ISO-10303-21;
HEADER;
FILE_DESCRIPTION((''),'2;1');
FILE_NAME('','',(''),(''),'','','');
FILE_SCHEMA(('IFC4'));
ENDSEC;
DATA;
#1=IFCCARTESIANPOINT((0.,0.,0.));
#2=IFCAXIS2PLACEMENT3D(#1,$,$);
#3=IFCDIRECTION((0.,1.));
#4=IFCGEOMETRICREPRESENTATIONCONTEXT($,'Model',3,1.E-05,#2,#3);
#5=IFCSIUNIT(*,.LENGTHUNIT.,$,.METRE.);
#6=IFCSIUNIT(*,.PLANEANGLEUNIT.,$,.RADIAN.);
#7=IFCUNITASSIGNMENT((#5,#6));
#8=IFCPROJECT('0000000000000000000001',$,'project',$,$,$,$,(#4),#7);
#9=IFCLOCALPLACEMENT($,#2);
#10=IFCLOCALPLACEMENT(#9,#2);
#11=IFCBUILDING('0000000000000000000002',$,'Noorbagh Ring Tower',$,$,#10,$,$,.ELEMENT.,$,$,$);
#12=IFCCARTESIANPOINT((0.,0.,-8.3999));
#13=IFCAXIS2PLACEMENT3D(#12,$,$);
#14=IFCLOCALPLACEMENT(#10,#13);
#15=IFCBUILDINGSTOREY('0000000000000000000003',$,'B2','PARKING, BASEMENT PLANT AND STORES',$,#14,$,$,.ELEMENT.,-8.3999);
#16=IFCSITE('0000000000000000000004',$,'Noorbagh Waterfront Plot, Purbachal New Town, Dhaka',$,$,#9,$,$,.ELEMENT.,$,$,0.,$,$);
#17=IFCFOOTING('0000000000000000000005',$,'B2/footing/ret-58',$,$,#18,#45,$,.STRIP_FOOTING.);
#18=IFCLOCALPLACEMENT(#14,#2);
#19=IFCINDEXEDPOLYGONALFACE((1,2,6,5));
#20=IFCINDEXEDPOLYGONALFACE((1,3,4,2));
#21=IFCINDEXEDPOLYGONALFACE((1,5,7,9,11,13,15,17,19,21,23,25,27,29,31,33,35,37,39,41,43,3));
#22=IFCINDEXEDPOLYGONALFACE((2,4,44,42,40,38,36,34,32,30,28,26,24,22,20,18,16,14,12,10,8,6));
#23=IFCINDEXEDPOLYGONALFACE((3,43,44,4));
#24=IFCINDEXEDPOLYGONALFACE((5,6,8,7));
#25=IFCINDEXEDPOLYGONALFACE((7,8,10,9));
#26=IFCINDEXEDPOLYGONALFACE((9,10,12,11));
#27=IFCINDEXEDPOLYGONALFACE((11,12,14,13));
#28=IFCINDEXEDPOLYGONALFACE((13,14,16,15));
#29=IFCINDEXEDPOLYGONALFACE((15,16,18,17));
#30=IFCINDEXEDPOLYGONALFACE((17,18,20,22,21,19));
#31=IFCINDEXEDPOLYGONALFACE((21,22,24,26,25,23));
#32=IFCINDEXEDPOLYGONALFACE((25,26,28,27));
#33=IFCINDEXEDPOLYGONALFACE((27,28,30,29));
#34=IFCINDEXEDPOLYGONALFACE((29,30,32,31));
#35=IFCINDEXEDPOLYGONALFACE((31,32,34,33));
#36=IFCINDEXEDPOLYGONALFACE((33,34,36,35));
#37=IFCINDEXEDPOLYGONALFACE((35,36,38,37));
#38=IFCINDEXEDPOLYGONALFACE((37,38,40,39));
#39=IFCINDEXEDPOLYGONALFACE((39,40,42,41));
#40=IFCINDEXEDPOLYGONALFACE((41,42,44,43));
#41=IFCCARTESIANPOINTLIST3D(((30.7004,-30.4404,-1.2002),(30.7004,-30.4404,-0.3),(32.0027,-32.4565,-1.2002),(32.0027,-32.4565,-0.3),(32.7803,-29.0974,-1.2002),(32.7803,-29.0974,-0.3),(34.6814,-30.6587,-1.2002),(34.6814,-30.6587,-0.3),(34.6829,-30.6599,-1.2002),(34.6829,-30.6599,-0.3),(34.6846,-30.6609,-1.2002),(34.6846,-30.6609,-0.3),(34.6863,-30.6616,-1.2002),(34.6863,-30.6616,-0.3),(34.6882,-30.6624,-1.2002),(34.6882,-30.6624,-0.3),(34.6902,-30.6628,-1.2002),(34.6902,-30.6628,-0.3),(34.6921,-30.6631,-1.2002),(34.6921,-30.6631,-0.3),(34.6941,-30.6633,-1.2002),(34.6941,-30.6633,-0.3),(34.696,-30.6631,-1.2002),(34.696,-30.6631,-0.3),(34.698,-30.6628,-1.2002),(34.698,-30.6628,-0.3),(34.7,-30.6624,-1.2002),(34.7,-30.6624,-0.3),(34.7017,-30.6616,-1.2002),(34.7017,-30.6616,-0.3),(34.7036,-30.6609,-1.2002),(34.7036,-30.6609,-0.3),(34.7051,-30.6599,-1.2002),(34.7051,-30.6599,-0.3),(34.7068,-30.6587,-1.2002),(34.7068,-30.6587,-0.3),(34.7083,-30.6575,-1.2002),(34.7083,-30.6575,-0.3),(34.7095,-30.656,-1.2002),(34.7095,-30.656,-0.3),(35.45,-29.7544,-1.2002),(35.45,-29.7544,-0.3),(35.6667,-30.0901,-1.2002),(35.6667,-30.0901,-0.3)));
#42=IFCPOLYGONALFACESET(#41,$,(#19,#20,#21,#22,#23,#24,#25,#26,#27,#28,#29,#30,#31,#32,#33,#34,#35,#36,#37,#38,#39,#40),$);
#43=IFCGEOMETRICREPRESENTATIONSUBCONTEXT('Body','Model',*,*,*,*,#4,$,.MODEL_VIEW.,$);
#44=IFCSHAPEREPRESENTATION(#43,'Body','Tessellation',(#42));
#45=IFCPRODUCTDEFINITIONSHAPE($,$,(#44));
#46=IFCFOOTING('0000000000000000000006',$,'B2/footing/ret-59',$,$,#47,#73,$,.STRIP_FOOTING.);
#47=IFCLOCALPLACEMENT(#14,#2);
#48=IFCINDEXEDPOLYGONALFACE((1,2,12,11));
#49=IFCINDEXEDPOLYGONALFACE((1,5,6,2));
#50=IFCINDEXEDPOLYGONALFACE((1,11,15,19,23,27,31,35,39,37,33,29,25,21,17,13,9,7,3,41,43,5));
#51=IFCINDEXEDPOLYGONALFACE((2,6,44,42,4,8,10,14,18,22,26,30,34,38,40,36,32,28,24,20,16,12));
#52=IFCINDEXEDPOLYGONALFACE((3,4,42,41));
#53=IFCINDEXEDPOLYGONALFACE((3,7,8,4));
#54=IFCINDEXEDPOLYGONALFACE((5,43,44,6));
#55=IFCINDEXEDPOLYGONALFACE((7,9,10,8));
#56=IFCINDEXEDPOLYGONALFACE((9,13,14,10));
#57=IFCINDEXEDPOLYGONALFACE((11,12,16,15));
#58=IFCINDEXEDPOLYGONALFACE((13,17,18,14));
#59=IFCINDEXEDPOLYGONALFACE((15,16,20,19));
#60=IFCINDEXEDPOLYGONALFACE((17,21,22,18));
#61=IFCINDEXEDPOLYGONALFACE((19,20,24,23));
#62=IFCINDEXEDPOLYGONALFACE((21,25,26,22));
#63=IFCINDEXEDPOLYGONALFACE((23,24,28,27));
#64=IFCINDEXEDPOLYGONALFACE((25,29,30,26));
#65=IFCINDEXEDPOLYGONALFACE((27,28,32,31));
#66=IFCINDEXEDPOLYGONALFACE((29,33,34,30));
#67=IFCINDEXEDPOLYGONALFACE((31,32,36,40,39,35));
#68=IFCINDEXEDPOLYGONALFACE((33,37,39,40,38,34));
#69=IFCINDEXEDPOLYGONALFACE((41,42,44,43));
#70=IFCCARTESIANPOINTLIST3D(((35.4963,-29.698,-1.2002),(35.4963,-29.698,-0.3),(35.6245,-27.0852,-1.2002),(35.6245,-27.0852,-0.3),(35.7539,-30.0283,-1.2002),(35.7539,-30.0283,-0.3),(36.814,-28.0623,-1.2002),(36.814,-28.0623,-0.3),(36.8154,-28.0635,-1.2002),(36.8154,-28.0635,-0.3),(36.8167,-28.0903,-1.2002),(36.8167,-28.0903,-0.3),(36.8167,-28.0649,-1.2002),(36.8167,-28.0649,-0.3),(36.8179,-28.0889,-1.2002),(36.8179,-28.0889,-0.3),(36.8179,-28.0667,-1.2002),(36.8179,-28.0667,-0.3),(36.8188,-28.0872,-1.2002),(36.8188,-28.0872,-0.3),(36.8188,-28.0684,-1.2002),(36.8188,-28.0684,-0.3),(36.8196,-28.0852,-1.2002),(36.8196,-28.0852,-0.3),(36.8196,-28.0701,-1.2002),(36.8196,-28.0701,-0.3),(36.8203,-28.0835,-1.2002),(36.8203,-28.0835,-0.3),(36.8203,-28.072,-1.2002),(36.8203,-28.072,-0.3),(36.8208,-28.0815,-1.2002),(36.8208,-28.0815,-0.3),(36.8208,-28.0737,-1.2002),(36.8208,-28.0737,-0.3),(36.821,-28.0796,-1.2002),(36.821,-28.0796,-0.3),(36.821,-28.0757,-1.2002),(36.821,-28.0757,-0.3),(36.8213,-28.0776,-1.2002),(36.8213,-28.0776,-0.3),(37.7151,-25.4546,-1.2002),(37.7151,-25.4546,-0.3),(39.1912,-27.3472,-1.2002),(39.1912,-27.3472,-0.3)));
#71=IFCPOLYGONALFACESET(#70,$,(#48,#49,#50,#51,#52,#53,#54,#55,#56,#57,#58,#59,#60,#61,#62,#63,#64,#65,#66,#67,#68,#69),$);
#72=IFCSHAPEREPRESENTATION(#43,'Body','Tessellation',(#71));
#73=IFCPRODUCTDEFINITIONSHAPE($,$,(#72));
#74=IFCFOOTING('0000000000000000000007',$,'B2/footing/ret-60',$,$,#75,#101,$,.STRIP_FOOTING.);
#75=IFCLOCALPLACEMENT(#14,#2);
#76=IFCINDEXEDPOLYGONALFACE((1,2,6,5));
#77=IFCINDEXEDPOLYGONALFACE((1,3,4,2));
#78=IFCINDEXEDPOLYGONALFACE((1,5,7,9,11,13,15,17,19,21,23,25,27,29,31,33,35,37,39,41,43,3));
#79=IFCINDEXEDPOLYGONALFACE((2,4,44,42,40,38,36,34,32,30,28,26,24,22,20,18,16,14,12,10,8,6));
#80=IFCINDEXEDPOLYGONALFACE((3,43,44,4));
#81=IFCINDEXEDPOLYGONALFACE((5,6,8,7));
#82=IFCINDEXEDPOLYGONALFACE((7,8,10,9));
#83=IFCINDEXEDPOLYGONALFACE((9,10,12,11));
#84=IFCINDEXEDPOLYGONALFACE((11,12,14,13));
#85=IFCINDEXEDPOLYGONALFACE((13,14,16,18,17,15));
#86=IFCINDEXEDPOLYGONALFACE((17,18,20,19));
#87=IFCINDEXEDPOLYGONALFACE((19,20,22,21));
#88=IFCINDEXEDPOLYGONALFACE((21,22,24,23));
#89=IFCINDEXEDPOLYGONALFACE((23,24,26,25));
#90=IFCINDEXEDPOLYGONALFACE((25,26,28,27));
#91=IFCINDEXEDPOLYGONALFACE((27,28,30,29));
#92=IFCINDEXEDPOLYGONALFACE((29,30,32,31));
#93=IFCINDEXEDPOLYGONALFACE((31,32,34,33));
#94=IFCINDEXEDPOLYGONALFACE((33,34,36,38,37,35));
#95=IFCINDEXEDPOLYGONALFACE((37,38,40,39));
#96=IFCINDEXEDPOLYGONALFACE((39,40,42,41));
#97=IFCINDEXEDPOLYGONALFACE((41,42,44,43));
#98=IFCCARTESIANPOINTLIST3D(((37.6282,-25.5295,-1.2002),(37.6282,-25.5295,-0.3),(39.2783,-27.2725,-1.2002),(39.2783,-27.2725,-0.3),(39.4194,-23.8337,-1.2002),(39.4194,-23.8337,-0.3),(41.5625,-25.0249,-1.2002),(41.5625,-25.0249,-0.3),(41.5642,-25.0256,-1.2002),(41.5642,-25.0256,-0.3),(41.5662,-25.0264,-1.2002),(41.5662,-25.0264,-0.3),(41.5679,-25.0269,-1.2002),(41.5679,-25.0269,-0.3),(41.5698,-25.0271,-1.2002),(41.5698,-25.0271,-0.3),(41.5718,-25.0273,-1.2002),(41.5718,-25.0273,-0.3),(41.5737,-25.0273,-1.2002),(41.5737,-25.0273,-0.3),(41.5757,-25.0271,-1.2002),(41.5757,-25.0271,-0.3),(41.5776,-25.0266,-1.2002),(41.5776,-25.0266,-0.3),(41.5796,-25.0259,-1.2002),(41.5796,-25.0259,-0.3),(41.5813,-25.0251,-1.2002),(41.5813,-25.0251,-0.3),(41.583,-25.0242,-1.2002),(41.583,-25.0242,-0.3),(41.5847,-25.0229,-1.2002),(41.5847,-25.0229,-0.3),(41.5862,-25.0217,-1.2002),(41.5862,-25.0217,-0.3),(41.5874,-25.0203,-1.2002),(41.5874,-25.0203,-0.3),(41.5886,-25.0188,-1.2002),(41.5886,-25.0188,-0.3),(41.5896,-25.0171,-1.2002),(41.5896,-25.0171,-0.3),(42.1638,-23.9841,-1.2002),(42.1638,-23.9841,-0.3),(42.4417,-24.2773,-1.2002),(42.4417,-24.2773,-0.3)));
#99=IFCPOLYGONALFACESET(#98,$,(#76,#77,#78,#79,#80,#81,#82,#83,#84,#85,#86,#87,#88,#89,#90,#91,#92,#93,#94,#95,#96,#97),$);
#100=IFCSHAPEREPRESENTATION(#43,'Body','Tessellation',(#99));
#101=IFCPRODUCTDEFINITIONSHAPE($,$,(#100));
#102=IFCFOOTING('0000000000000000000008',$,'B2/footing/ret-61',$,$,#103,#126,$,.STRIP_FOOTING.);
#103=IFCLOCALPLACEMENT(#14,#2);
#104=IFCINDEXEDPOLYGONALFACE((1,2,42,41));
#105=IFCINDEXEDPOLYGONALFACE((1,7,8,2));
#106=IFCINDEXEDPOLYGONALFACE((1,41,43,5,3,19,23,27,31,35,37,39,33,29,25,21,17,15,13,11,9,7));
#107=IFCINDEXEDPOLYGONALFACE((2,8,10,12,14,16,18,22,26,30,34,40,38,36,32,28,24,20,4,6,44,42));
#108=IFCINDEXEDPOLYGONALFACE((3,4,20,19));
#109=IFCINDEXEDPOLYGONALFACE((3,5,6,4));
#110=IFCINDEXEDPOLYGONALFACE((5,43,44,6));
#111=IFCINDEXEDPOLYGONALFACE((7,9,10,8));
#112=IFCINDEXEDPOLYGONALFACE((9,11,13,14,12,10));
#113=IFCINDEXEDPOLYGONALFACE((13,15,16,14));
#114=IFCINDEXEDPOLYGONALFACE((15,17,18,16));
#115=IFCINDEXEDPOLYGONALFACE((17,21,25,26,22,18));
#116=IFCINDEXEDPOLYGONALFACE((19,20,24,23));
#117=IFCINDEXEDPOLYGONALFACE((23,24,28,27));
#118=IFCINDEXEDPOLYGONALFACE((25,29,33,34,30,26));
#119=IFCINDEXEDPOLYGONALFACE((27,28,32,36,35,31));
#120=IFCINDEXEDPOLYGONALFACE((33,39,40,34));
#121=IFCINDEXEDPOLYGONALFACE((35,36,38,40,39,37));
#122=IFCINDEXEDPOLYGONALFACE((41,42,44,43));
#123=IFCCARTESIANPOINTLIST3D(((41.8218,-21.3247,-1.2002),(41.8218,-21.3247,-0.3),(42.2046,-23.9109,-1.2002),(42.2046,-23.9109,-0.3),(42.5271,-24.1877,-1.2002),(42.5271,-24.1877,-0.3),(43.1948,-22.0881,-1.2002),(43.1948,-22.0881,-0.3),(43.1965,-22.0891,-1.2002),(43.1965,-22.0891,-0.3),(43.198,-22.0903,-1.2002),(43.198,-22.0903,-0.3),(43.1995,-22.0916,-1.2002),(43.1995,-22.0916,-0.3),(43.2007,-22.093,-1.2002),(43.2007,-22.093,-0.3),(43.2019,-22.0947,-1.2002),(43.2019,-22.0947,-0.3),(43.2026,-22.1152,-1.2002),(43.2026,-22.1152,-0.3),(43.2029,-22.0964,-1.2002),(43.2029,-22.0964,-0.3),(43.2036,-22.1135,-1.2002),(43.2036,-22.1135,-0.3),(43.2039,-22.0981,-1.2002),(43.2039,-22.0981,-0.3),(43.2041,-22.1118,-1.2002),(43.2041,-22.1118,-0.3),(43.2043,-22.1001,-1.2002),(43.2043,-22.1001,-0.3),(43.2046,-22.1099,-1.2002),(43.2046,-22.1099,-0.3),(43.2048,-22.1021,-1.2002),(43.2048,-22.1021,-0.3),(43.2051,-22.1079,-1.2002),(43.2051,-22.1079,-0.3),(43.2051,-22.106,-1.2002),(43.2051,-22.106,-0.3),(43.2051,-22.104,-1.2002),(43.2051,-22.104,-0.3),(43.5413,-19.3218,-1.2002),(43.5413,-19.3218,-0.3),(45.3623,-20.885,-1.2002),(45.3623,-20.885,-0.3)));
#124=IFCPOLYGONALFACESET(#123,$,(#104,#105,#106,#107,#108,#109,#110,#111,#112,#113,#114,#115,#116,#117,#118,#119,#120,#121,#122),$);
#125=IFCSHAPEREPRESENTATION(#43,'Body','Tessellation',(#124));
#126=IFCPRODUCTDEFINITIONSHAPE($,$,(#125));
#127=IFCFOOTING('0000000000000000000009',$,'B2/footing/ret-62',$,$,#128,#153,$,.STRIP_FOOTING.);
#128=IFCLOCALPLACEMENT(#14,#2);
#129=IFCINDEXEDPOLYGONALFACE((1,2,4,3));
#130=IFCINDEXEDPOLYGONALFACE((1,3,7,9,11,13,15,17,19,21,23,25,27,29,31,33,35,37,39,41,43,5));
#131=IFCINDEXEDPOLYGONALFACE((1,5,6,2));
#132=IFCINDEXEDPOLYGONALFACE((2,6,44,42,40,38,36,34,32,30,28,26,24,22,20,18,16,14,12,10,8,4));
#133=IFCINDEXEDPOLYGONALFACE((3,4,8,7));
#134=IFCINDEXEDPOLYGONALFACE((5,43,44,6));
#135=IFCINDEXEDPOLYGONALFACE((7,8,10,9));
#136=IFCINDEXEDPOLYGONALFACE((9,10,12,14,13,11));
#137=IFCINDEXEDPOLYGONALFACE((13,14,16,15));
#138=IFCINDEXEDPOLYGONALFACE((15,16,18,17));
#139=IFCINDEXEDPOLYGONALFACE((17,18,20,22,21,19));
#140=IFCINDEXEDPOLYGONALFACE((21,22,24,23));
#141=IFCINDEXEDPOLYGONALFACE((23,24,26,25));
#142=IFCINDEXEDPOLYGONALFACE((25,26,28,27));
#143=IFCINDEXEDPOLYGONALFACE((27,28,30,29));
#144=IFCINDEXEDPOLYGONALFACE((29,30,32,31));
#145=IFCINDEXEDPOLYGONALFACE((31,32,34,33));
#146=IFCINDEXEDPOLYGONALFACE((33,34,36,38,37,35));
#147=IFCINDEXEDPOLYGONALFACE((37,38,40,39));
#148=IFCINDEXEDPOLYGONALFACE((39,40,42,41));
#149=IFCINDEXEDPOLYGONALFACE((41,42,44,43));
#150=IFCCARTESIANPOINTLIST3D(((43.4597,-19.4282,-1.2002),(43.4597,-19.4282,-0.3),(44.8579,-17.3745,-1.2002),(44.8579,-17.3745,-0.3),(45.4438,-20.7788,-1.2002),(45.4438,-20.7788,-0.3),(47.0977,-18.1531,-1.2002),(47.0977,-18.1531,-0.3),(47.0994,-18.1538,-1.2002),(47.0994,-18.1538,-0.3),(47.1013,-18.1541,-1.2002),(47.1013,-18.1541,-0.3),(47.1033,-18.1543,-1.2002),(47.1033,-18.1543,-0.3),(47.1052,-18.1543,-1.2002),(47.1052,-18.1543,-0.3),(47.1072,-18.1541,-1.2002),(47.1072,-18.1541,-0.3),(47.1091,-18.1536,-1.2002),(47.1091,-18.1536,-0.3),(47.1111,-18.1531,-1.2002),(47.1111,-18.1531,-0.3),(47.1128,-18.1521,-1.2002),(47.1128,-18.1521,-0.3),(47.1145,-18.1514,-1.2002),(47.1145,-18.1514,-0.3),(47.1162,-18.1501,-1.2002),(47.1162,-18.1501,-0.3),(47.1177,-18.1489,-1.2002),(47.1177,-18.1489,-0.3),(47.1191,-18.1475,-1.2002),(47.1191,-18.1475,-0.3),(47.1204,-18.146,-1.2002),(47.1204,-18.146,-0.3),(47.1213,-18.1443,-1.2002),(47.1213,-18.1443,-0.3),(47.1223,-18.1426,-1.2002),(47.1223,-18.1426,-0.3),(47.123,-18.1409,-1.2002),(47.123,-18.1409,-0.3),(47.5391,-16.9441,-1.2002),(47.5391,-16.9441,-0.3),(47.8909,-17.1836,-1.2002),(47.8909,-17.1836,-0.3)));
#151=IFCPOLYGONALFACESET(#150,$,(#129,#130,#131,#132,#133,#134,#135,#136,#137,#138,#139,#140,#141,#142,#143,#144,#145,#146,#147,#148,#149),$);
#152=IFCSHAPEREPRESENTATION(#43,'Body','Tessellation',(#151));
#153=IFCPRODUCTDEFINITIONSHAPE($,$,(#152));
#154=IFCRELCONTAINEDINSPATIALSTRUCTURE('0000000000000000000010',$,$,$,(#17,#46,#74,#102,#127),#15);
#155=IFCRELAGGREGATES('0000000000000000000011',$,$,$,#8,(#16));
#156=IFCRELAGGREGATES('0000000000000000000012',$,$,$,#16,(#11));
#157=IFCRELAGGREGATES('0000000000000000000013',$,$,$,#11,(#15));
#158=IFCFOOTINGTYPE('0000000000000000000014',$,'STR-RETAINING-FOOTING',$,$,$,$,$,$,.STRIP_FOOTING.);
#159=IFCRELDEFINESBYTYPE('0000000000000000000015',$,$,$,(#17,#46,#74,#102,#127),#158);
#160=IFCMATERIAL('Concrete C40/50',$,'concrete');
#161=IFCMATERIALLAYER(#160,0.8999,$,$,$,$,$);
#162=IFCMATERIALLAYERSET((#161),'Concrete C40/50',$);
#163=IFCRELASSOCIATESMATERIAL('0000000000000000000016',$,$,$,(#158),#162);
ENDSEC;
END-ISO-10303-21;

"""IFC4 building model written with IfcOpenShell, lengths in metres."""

from ifc_helpers import new_model, si_unit, direction, frame, origin, place, context, subcontext, project, spatial, polyline, outline, extrude, material, layer, layer_set, type_object, element, save


model = new_model("IFC4")

# Units and contexts
model_context = context("Model", 3, precision=1e-05, world=origin(), true_north=direction((0.0, 1.0)))
body_context = subcontext(model_context, "Body", "Model", "MODEL_VIEW")
ifc_project = project(units=[si_unit("LENGTHUNIT", "METRE"), si_unit("PLANEANGLEUNIT", "RADIAN")], contexts=[model_context])

# Site, building, storey
site_placement = place(None, origin())
site = spatial("IfcSite", under=ifc_project, at=site_placement, Name="Noorbagh Waterfront Plot, Purbachal New Town, Dhaka", CompositionType="ELEMENT", RefElevation=0.0)
building_placement = place(site_placement, origin())
building = spatial("IfcBuilding", under=site, at=building_placement, Name="Noorbagh Ring Tower", CompositionType="ELEMENT")
storey_placement = place(building_placement, frame((0.0, 0.0, -8.3999)))
storey = spatial("IfcBuildingStorey", under=building, at=storey_placement, Name="B2", Description="PARKING, BASEMENT PLANT AND STORES", CompositionType="ELEMENT", Elevation=-8.3999)

# Footings
ifc_material_1 = material(Name="Concrete C40/50", Category="concrete")
ifc_layer_1 = layer(ifc_material_1, 0.8999)
ifc_layer_set_1 = layer_set([ifc_layer_1], Name="Concrete C40/50")
footing_type = type_object("IfcFootingType", Name="STR-RETAINING-FOOTING", PredefinedType="STRIP_FOOTING", material=ifc_layer_set_1)
footing_1_placement = place(storey_placement, frame((0.0, 0.0, -1.2002)))
element("IfcFooting", 1, at=footing_1_placement, inside=storey, type_object=footing_type, Name="B2/footing/ret-58", PredefinedType="STRIP_FOOTING", context=body_context, shape_type="SweptSolid", body=[
    extrude(outline(polyline([(35.6667, -30.0901), (32.0027, -32.4565), (30.7004, -30.4404), (32.7803, -29.0974), (34.6814, -30.6587), (34.6829, -30.6599), (34.6846, -30.6609), (34.6863, -30.6616), (34.6882, -30.6624), (34.6902, -30.6628), (34.6921, -30.6631), (34.6941, -30.6633), (34.696, -30.6631), (34.698, -30.6628), (34.7, -30.6624), (34.7017, -30.6616), (34.7036, -30.6609), (34.7051, -30.6599), (34.7068, -30.6587), (34.7083, -30.6575), (34.7095, -30.656), (35.45, -29.7544), (35.6667, -30.0901)])), origin(), (0.0, 0.0, 1.0), 0.9001),
])
footing_2_placement = place(storey_placement, frame((0.0, 0.0, -1.2002)))
element("IfcFooting", 2, at=footing_2_placement, inside=storey, type_object=footing_type, Name="B2/footing/ret-59", PredefinedType="STRIP_FOOTING", context=body_context, shape_type="SweptSolid", body=[
    extrude(outline(polyline([(39.1912, -27.3472), (35.7539, -30.0283), (35.4963, -29.698), (36.8167, -28.0903), (36.8179, -28.0889), (36.8188, -28.0872), (36.8196, -28.0852), (36.8203, -28.0835), (36.8208, -28.0815), (36.821, -28.0796), (36.8213, -28.0776), (36.821, -28.0757), (36.8208, -28.0737), (36.8203, -28.072), (36.8196, -28.0701), (36.8188, -28.0684), (36.8179, -28.0667), (36.8167, -28.0649), (36.8154, -28.0635), (36.814, -28.0623), (35.6245, -27.0852), (37.7151, -25.4546), (39.1912, -27.3472)])), origin(), (0.0, 0.0, 1.0), 0.9001),
])
footing_3_placement = place(storey_placement, frame((0.0, 0.0, -1.2002)))
element("IfcFooting", 3, at=footing_3_placement, inside=storey, type_object=footing_type, Name="B2/footing/ret-60", PredefinedType="STRIP_FOOTING", context=body_context, shape_type="SweptSolid", body=[
    extrude(outline(polyline([(42.4417, -24.2773), (39.2783, -27.2725), (37.6282, -25.5295), (39.4194, -23.8337), (41.5625, -25.0249), (41.5642, -25.0256), (41.5662, -25.0264), (41.5679, -25.0269), (41.5698, -25.0271), (41.5718, -25.0273), (41.5737, -25.0273), (41.5757, -25.0271), (41.5776, -25.0266), (41.5796, -25.0259), (41.5813, -25.0251), (41.583, -25.0242), (41.5847, -25.0229), (41.5862, -25.0217), (41.5874, -25.0203), (41.5886, -25.0188), (41.5896, -25.0171), (42.1638, -23.9841), (42.4417, -24.2773)])), origin(), (0.0, 0.0, 1.0), 0.9001),
])
footing_4_placement = place(storey_placement, frame((0.0, 0.0, -1.2002)))
element("IfcFooting", 4, at=footing_4_placement, inside=storey, type_object=footing_type, Name="B2/footing/ret-61", PredefinedType="STRIP_FOOTING", context=body_context, shape_type="SweptSolid", body=[
    extrude(outline(polyline([(45.3623, -20.885), (42.5271, -24.1877), (42.2046, -23.9109), (43.2026, -22.1152), (43.2036, -22.1135), (43.2041, -22.1118), (43.2046, -22.1099), (43.2051, -22.1079), (43.2051, -22.106), (43.2051, -22.104), (43.2048, -22.1021), (43.2043, -22.1001), (43.2039, -22.0981), (43.2029, -22.0964), (43.2019, -22.0947), (43.2007, -22.093), (43.1995, -22.0916), (43.198, -22.0903), (43.1965, -22.0891), (43.1948, -22.0881), (41.8218, -21.3247), (43.5413, -19.3218), (45.3623, -20.885)])), origin(), (0.0, 0.0, 1.0), 0.9001),
])
footing_5_placement = place(storey_placement, frame((0.0, 0.0, -1.2002)))
element("IfcFooting", 5, at=footing_5_placement, inside=storey, type_object=footing_type, Name="B2/footing/ret-62", PredefinedType="STRIP_FOOTING", context=body_context, shape_type="SweptSolid", body=[
    extrude(outline(polyline([(47.8909, -17.1836), (45.4438, -20.7788), (43.4597, -19.4282), (44.8579, -17.3745), (47.0977, -18.1531), (47.0994, -18.1538), (47.1013, -18.1541), (47.1033, -18.1543), (47.1052, -18.1543), (47.1072, -18.1541), (47.1091, -18.1536), (47.1111, -18.1531), (47.1128, -18.1521), (47.1145, -18.1514), (47.1162, -18.1501), (47.1177, -18.1489), (47.1191, -18.1475), (47.1204, -18.146), (47.1213, -18.1443), (47.1223, -18.1426), (47.123, -18.1409), (47.5391, -16.9441), (47.8909, -17.1836)])), origin(), (0.0, 0.0, 1.0), 0.9001),
])

save(model, "model.ifc")
